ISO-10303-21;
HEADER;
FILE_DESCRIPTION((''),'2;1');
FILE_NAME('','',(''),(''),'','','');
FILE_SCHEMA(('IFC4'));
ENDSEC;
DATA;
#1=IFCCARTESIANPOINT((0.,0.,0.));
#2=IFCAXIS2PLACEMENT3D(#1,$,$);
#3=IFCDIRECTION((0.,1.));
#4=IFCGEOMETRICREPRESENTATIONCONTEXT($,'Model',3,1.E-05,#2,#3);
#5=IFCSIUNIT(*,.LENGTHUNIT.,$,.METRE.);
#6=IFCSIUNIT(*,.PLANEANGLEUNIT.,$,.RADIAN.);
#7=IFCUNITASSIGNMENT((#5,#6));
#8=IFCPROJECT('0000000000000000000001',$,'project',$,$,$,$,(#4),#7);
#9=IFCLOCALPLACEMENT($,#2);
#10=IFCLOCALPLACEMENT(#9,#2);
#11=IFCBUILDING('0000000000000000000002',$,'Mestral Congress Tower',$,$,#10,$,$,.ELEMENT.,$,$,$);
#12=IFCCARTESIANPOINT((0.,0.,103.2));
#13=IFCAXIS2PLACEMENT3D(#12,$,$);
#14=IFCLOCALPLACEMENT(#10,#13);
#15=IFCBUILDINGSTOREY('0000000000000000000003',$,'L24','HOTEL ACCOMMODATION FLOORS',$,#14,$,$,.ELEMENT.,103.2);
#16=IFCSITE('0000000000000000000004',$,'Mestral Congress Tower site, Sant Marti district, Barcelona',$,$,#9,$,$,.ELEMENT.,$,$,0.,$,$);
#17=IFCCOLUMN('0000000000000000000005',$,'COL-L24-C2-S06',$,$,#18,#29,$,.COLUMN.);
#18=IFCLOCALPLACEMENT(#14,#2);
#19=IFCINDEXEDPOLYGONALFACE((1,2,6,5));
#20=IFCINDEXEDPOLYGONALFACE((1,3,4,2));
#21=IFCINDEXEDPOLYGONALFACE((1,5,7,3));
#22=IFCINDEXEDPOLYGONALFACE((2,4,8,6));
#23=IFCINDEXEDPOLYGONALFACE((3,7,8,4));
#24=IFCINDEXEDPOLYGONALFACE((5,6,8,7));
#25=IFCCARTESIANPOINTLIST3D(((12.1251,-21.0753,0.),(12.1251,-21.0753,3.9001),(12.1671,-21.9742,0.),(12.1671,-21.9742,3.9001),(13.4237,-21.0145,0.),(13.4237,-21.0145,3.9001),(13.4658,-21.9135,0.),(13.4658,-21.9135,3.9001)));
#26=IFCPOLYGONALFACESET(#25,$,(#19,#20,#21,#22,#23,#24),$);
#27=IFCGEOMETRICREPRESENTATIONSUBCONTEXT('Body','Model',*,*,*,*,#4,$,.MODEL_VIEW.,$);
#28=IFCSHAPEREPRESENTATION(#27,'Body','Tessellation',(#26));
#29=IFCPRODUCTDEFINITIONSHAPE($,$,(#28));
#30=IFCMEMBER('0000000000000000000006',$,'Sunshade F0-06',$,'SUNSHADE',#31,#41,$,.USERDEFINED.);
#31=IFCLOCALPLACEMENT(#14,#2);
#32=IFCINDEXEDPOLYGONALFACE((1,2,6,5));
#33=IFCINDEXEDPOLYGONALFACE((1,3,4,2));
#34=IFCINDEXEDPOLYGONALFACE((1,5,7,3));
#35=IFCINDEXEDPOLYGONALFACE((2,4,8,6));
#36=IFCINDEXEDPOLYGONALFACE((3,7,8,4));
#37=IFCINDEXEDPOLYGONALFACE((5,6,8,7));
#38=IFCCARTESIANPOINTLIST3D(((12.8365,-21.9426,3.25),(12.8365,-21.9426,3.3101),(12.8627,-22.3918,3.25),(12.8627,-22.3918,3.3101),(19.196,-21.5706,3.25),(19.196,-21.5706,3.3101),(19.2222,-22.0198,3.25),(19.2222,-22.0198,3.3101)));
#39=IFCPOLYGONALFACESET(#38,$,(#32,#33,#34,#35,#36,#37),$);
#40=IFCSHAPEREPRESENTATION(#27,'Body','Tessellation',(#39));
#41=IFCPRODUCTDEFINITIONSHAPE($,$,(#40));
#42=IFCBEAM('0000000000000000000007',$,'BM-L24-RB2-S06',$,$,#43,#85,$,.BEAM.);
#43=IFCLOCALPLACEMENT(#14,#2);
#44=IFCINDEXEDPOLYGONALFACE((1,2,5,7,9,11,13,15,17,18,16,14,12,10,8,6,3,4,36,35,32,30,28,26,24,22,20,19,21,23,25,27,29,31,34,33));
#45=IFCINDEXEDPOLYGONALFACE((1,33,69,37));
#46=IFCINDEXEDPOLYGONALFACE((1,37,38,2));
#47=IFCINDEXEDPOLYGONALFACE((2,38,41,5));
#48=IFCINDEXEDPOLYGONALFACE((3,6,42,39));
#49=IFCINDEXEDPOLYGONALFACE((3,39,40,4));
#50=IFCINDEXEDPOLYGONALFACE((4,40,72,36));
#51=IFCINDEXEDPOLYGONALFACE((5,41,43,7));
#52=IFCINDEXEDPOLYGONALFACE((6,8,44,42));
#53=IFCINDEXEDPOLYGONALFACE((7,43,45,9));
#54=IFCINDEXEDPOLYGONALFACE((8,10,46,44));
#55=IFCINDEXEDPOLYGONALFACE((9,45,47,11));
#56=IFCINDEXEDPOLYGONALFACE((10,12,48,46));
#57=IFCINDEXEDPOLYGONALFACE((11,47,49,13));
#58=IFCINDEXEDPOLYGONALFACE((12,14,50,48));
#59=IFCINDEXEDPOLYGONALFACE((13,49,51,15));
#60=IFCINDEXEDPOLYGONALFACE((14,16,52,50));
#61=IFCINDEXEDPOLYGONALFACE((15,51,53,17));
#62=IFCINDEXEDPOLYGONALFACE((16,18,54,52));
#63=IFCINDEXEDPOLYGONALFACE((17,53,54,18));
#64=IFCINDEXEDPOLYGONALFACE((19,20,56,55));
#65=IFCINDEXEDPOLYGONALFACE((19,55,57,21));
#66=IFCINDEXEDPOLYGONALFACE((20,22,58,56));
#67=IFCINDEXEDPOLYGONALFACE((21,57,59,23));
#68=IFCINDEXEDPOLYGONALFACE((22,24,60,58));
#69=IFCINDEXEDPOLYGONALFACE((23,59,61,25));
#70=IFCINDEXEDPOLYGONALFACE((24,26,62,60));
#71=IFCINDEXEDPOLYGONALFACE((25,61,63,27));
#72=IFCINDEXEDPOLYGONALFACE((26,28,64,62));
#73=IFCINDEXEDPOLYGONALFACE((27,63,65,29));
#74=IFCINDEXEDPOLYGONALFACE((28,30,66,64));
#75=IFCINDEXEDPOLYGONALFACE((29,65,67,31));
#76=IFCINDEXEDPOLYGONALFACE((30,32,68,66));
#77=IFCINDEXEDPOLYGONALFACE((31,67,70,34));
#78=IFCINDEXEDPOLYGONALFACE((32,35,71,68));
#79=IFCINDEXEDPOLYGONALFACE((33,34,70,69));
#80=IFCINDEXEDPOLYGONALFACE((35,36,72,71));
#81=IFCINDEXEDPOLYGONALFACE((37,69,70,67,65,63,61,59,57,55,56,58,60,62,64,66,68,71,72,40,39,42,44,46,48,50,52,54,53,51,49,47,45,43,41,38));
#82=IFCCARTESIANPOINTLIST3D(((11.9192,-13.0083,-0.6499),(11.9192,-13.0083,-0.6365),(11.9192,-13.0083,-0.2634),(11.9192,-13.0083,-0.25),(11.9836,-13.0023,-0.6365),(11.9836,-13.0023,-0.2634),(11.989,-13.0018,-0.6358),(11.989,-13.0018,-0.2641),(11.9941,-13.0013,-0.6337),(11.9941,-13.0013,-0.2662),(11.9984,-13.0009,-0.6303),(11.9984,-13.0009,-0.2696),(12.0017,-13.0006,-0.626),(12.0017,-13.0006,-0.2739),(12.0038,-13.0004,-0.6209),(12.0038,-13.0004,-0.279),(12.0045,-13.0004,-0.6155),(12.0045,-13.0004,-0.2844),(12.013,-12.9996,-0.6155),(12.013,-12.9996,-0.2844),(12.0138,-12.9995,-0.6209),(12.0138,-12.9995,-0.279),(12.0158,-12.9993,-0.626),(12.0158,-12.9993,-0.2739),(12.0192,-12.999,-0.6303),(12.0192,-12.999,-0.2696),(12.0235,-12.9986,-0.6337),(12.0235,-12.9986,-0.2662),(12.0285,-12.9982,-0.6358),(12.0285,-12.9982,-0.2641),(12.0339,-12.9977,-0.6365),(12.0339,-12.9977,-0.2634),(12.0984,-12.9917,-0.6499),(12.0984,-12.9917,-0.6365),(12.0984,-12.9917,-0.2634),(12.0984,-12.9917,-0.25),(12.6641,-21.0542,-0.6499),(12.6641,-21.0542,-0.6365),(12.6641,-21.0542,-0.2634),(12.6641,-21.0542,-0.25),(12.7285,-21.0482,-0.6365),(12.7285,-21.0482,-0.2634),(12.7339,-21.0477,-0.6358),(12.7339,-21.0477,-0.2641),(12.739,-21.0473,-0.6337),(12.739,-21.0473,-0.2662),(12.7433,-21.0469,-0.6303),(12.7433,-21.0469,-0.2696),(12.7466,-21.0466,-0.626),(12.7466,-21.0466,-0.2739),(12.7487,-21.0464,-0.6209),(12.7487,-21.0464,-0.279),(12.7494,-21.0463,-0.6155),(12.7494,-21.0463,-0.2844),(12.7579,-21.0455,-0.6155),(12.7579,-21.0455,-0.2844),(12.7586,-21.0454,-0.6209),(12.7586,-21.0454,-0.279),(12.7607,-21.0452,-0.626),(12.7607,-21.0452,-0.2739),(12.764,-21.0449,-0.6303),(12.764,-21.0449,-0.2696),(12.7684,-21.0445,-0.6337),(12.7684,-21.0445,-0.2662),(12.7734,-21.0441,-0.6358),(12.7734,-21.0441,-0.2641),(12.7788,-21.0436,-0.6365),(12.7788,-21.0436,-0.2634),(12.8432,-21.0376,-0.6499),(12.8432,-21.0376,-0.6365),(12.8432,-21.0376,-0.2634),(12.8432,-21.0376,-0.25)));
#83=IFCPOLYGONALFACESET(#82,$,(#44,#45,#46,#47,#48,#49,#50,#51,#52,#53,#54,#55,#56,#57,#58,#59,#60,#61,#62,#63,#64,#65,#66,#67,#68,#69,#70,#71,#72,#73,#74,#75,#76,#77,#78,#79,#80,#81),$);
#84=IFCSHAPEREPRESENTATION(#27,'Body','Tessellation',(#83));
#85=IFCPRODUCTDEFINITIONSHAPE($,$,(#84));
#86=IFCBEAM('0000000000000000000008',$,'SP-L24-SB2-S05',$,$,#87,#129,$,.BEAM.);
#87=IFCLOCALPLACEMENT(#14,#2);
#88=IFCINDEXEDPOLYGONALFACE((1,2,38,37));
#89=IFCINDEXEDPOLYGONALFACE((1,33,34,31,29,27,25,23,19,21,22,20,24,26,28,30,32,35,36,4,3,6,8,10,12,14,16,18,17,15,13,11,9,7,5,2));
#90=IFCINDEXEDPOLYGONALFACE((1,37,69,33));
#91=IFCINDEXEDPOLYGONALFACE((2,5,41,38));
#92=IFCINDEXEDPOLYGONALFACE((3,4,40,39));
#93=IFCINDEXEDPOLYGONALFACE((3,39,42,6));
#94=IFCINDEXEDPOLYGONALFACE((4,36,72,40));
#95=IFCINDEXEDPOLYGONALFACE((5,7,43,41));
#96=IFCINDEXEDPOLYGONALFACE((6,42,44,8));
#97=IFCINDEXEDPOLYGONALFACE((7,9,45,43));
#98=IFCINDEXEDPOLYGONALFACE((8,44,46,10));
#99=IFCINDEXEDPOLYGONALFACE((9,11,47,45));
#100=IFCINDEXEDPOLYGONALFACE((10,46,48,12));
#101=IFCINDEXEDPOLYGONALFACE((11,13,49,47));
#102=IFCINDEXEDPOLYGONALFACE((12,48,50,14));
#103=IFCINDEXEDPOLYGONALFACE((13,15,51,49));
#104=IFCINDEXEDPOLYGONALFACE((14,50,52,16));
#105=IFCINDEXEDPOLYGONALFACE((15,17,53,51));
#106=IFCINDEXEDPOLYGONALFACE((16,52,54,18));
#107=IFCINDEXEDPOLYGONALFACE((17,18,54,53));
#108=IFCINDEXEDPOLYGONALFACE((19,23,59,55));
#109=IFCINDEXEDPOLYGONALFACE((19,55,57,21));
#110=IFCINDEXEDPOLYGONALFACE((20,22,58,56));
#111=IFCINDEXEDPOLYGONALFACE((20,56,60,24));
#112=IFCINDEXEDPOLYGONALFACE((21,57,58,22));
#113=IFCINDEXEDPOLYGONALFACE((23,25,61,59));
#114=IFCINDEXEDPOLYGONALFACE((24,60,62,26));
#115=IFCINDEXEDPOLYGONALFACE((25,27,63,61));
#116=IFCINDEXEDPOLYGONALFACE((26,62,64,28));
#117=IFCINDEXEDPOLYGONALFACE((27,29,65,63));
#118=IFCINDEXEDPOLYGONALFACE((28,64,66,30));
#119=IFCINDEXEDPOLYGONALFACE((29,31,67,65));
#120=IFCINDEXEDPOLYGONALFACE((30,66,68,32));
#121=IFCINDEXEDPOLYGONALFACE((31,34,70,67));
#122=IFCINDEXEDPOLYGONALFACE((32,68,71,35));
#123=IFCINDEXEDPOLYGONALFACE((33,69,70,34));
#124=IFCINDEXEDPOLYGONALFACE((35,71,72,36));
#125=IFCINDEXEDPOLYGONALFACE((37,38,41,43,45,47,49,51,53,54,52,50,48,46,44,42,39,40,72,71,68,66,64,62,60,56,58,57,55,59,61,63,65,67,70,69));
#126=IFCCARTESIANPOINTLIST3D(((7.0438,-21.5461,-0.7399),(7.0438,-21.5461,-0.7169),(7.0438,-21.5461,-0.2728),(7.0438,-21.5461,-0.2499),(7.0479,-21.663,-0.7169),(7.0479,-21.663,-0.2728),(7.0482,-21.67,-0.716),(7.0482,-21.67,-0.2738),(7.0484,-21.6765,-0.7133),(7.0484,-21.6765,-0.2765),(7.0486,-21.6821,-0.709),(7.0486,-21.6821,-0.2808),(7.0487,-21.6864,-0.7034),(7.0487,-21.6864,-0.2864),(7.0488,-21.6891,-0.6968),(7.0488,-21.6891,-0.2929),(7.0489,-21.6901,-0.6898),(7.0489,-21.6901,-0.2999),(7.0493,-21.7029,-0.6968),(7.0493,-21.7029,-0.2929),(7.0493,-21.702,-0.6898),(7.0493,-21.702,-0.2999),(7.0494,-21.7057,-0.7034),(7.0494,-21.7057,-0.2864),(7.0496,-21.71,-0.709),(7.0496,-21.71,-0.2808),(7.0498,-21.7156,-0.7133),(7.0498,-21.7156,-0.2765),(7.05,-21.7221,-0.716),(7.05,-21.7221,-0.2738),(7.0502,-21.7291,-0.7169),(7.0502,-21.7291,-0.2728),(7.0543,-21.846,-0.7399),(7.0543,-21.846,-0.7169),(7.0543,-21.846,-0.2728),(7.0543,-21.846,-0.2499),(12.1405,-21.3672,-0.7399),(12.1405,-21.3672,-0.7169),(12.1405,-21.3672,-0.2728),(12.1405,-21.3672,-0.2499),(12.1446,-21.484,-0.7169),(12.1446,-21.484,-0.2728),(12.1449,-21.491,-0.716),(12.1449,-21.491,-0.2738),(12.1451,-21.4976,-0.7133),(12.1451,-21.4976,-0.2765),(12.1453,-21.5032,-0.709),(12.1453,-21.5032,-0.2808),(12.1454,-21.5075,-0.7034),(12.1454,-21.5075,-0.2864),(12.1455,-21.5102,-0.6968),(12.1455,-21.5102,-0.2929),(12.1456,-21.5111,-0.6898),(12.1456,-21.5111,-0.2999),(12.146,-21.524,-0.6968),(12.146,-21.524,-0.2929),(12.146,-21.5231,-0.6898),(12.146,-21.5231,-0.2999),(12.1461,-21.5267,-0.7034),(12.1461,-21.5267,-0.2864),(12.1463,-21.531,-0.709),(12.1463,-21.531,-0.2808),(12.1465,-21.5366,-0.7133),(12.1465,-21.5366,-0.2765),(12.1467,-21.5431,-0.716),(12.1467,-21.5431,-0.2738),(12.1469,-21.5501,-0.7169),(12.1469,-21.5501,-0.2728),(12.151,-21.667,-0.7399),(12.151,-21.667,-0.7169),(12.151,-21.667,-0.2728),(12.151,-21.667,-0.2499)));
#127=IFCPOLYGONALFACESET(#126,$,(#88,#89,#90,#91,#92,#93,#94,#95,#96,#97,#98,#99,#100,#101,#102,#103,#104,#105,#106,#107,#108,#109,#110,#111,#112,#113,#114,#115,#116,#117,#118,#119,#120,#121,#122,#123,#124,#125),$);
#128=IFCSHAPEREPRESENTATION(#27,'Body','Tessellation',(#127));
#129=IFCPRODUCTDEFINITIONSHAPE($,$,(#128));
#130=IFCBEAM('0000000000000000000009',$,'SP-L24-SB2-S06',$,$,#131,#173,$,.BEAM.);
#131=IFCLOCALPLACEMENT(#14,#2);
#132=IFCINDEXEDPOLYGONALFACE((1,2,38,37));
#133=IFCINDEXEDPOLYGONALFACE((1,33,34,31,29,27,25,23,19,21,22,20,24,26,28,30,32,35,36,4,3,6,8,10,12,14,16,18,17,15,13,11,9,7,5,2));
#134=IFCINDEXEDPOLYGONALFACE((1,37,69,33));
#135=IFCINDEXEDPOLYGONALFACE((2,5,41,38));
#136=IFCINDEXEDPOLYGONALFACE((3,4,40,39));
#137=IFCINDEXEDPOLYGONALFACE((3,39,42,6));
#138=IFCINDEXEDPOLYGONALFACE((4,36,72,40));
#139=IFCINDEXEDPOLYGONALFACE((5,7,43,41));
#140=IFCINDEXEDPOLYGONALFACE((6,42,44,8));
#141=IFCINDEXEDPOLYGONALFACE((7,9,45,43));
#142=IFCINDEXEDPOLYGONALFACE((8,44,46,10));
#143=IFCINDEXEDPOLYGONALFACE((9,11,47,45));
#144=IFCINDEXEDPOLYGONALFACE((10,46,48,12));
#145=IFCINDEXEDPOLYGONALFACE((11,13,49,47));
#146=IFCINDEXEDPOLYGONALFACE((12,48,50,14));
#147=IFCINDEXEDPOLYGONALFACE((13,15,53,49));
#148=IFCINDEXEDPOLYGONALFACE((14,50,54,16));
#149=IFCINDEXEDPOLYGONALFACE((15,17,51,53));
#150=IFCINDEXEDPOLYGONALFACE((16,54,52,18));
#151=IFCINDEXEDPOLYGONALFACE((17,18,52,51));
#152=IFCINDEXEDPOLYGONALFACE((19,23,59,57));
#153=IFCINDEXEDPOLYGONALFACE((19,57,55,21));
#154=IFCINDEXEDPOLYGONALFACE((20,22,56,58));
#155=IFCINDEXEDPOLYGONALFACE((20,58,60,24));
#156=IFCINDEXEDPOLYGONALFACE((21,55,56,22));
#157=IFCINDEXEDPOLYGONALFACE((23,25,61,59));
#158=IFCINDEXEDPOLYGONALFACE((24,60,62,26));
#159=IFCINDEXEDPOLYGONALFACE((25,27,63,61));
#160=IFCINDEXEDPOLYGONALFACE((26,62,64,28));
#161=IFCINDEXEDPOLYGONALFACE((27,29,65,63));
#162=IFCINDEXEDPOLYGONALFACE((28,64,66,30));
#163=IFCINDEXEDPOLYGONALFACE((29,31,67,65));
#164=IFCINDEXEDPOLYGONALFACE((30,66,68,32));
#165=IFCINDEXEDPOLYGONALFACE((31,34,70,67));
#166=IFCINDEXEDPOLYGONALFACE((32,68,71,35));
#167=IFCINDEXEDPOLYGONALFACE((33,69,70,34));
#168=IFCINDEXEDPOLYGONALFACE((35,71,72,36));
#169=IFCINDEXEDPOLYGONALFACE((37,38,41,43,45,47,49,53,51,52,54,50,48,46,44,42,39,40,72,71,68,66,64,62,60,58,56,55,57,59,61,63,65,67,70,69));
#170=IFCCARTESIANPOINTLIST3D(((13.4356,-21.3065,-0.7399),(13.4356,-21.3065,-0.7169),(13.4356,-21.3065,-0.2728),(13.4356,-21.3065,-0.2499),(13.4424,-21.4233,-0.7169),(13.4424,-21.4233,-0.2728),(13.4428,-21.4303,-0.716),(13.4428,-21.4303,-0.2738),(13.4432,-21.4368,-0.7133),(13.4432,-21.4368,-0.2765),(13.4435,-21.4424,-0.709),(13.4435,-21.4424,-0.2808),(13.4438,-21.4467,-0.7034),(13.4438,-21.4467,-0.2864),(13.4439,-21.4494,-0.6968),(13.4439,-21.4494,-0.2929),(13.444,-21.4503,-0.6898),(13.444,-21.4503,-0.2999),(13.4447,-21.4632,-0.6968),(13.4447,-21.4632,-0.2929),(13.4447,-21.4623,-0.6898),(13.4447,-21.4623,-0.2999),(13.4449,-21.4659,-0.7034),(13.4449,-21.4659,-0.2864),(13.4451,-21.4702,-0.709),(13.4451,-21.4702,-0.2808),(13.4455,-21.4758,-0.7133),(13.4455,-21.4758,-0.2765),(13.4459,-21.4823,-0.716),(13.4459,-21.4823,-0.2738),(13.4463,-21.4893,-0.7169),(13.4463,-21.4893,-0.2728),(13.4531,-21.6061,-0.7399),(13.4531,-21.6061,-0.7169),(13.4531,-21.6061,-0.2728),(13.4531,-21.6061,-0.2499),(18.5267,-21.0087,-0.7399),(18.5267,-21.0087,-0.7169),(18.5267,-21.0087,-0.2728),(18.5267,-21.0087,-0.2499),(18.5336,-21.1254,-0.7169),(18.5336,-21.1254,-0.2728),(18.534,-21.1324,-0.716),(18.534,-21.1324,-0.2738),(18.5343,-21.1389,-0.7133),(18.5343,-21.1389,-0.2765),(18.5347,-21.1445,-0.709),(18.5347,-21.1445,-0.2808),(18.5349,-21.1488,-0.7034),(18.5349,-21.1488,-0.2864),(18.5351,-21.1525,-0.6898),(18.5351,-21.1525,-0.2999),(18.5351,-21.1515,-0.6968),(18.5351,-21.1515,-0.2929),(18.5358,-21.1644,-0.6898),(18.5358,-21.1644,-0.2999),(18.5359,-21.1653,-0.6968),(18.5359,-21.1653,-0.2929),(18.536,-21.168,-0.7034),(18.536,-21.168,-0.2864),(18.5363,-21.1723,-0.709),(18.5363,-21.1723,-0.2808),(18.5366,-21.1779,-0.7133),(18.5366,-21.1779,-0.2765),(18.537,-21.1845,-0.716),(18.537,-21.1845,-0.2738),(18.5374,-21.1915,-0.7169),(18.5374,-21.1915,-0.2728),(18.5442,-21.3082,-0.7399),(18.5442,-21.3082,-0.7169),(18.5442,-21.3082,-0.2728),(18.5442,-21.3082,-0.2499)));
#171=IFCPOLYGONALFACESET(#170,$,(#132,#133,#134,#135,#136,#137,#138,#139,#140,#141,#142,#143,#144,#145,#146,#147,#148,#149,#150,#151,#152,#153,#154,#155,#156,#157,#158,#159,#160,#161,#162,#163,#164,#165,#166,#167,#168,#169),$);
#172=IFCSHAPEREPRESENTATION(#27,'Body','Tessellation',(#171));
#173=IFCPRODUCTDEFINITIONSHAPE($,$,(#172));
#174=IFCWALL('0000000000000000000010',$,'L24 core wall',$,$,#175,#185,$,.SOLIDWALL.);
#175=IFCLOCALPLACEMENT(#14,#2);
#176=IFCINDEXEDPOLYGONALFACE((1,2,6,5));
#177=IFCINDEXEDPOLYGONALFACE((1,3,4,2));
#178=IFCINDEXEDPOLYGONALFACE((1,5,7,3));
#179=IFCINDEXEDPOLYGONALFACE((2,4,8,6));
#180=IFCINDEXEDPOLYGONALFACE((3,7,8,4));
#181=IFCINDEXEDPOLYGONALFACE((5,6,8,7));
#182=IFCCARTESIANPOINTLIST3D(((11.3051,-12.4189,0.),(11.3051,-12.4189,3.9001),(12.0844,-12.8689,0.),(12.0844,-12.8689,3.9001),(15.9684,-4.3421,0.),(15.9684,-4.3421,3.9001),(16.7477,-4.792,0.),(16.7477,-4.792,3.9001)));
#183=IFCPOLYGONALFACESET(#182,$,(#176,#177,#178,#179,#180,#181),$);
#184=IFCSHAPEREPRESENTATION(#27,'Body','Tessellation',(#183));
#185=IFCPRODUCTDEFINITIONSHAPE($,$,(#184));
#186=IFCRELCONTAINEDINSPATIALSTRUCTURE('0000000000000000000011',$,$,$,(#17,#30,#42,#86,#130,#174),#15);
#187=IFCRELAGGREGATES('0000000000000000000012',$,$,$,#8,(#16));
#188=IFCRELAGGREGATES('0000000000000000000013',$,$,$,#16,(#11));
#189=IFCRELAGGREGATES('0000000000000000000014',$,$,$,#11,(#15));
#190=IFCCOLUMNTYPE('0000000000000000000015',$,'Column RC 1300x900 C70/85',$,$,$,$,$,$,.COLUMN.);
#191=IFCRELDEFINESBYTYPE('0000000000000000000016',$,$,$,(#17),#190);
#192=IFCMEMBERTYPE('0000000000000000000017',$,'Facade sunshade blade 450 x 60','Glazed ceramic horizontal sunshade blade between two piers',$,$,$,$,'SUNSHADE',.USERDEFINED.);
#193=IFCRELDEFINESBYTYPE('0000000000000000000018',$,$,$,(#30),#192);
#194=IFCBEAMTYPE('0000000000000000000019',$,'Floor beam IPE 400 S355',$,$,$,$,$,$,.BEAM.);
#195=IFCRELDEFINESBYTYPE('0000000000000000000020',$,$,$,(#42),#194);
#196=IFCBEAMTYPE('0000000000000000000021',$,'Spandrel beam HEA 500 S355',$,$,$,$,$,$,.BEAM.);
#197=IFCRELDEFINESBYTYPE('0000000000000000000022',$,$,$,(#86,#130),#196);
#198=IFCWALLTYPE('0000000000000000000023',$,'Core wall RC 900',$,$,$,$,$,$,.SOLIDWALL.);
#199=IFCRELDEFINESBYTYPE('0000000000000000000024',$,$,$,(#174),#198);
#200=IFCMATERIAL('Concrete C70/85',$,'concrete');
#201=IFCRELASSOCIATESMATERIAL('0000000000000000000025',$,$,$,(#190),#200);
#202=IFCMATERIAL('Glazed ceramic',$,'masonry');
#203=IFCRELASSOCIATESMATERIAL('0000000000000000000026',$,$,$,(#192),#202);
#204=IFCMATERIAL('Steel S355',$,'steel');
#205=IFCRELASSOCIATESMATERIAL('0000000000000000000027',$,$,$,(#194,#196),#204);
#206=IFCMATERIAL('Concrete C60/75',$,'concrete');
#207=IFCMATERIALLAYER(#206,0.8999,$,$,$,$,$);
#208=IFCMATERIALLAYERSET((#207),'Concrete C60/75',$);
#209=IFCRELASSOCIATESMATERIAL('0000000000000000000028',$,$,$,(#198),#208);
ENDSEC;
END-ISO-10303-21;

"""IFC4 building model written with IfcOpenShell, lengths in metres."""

from ifc_helpers import new_model, si_unit, direction, frame, frame_2d, origin, origin_2d, place, context, subcontext, project, spatial, rectangle, i_section, extrude, material, layer, layer_set, material_profile, profile_set, type_object, element, save


model = new_model("IFC4")

# Units and contexts
model_context = context("Model", 3, precision=1e-05, world=origin(), true_north=direction((0.0, 1.0)))
body_context = subcontext(model_context, "Body", "Model", "MODEL_VIEW")
ifc_project = project(units=[si_unit("LENGTHUNIT", "METRE"), si_unit("PLANEANGLEUNIT", "RADIAN")], contexts=[model_context])

# Site, building, storey
site_placement = place(None, origin())
site = spatial("IfcSite", under=ifc_project, at=site_placement, Name="Mestral Congress Tower site, Sant Marti district, Barcelona", CompositionType="ELEMENT", RefElevation=0.0)
building_placement = place(site_placement, origin())
building = spatial("IfcBuilding", under=site, at=building_placement, Name="Mestral Congress Tower", CompositionType="ELEMENT")
storey_placement = place(building_placement, frame((0.0, 0.0, 103.2)))
storey = spatial("IfcBuildingStorey", under=building, at=storey_placement, Name="L24", Description="HOTEL ACCOMMODATION FLOORS", CompositionType="ELEMENT", Elevation=103.2)

# Column
ifc_material_1 = material(Name="Concrete C70/85", Category="concrete")
ifc_material_profile_1 = material_profile(ifc_material_1, rectangle(XDim=1.3, YDim=0.8999, at=origin_2d()), Name="RC 1300x900")
ifc_profile_set_1 = profile_set([ifc_material_profile_1], Name="Concrete C70/85")
column_type = type_object("IfcColumnType", Name="Column RC 1300x900 C70/85", PredefinedType="COLUMN", material=ifc_profile_set_1)
column_placement = place(storey_placement, frame((12.7954, -21.4944, 0.0), z_axis=(0.0, 0.0, 1.0), x_axis=(0.998906, 0.046756, 0.0)))
element("IfcColumn", 1, at=column_placement, inside=storey, type_object=column_type, Name="COL-L24-C2-S06", PredefinedType="COLUMN", context=body_context, shape_type="SweptSolid", body=[
    extrude(rectangle(XDim=1.3, YDim=0.8999, at=origin_2d()), origin(), (0.0, 0.0, 1.0), 3.9001),
])

# Member
ifc_material_2 = material(Name="Glazed ceramic", Category="masonry")
ifc_material_profile_2 = material_profile(ifc_material_2, rectangle(XDim=0.45, YDim=0.0601, at=origin_2d()), Name="Ceramic blade 450 x 60")
ifc_profile_set_2 = profile_set([ifc_material_profile_2], Name="Glazed ceramic")
member_type = type_object("IfcMemberType", Name="Facade sunshade blade 450 x 60", Description="Glazed ceramic horizontal sunshade blade between two piers", ElementType="SUNSHADE", PredefinedType="USERDEFINED", material=ifc_profile_set_2)
member_placement = place(storey_placement, frame((12.8496, -22.1672, 3.28), z_axis=(0.998293, 0.058407, 0.0), x_axis=(-0.058407, 0.998293, 0.0)))
element("IfcMember", 2, at=member_placement, inside=storey, type_object=member_type, Name="Sunshade F0-06", ObjectType="SUNSHADE", PredefinedType="USERDEFINED", context=body_context, shape_type="SweptSolid", body=[
    extrude(rectangle(XDim=0.45, YDim=0.0601, at=origin_2d()), origin(), (0.0, 0.0, 1.0), 6.3704),
])

# Beams
ifc_material_3 = material(Name="Steel S355", Category="steel")
ifc_material_profile_3 = material_profile(ifc_material_3, i_section(OverallWidth=0.1799, OverallDepth=0.3999, WebThickness=0.0085, FlangeThickness=0.0134, FilletRadius=0.021, at=origin_2d()), Name="IPE 400")
ifc_profile_set_3 = profile_set([ifc_material_profile_3], Name="Steel S355")
beam_type_1 = type_object("IfcBeamType", Name="Floor beam IPE 400 S355", PredefinedType="BEAM", material=ifc_profile_set_3)
beam_placement = place(storey_placement, frame((12.7537, -21.0459, -0.45), z_axis=(-0.092184, 0.995742, 0.0), x_axis=(-0.995742, -0.092184, 0.0)))
element("IfcBeam", 3, at=beam_placement, inside=storey, type_object=beam_type_1, Name="BM-L24-RB2-S06", PredefinedType="BEAM", context=body_context, shape_type="SweptSolid", body=[
    extrude(i_section(OverallWidth=0.1799, OverallDepth=0.3999, WebThickness=0.0085, FlangeThickness=0.0134, FilletRadius=0.021, at=origin_2d()), origin(), (0.0, 0.0, 1.0), 8.0803),
])
ifc_material_profile_4 = material_profile(ifc_material_3, i_section(OverallWidth=0.3, OverallDepth=0.49, WebThickness=0.012, FlangeThickness=0.0229, FilletRadius=0.0271, at=origin_2d()), Name="HEA 500")
ifc_profile_set_4 = profile_set([ifc_material_profile_4], Name="Steel S355")
beam_type_2 = type_object("IfcBeamType", Name="Spandrel beam HEA 500 S355", PredefinedType="BEAM", material=ifc_profile_set_4)
for number, where, z_axis, x_axis, name in (
    (4, (7.0491, -21.696, -0.4949), (0.999384, 0.03509, 0.0), (-0.03509, 0.999384, 0.0), "SP-L24-SB2-S05"),
    (5, (13.4443, -21.4563, -0.4949), (0.998293, 0.058405, 0.0), (-0.058405, 0.998293, 0.0), "SP-L24-SB2-S06"),
):
    element("IfcBeam", number, at=place(storey_placement, frame(where, z_axis=z_axis, x_axis=x_axis)), inside=storey, type_object=beam_type_2, Name=name, PredefinedType="BEAM", context=body_context, shape_type="SweptSolid", body=[
        extrude(i_section(OverallWidth=0.3, OverallDepth=0.49, WebThickness=0.012, FlangeThickness=0.0229, FilletRadius=0.0271, at=origin_2d()), origin(), (0.0, 0.0, 1.0), 5.0999),
    ])

# Wall
ifc_material_4 = material(Name="Concrete C60/75", Category="concrete")
ifc_layer_1 = layer(ifc_material_4, 0.8999)
ifc_layer_set_1 = layer_set([ifc_layer_1], Name="Concrete C60/75")
wall_type_1 = type_object("IfcWallType", Name="Core wall RC 900", PredefinedType="SOLIDWALL", material=ifc_layer_set_1)
wall_1_placement = place(storey_placement, frame((11.6948, -12.6438, 0.0), z_axis=(0.0, 0.0, 1.0), x_axis=(0.50001, 0.866019, 0.0)))
element("IfcWall", 6, at=wall_1_placement, inside=storey, type_object=wall_type_1, Name="L24 core wall", PredefinedType="SOLIDWALL", context=body_context, shape_type="SweptSolid", body=[
    extrude(rectangle(XDim=9.3264, YDim=0.8999, at=frame_2d((4.6631, 0.0))), origin(), (0.0, 0.0, 1.0), 3.9001),
])

save(model, "model.ifc")
